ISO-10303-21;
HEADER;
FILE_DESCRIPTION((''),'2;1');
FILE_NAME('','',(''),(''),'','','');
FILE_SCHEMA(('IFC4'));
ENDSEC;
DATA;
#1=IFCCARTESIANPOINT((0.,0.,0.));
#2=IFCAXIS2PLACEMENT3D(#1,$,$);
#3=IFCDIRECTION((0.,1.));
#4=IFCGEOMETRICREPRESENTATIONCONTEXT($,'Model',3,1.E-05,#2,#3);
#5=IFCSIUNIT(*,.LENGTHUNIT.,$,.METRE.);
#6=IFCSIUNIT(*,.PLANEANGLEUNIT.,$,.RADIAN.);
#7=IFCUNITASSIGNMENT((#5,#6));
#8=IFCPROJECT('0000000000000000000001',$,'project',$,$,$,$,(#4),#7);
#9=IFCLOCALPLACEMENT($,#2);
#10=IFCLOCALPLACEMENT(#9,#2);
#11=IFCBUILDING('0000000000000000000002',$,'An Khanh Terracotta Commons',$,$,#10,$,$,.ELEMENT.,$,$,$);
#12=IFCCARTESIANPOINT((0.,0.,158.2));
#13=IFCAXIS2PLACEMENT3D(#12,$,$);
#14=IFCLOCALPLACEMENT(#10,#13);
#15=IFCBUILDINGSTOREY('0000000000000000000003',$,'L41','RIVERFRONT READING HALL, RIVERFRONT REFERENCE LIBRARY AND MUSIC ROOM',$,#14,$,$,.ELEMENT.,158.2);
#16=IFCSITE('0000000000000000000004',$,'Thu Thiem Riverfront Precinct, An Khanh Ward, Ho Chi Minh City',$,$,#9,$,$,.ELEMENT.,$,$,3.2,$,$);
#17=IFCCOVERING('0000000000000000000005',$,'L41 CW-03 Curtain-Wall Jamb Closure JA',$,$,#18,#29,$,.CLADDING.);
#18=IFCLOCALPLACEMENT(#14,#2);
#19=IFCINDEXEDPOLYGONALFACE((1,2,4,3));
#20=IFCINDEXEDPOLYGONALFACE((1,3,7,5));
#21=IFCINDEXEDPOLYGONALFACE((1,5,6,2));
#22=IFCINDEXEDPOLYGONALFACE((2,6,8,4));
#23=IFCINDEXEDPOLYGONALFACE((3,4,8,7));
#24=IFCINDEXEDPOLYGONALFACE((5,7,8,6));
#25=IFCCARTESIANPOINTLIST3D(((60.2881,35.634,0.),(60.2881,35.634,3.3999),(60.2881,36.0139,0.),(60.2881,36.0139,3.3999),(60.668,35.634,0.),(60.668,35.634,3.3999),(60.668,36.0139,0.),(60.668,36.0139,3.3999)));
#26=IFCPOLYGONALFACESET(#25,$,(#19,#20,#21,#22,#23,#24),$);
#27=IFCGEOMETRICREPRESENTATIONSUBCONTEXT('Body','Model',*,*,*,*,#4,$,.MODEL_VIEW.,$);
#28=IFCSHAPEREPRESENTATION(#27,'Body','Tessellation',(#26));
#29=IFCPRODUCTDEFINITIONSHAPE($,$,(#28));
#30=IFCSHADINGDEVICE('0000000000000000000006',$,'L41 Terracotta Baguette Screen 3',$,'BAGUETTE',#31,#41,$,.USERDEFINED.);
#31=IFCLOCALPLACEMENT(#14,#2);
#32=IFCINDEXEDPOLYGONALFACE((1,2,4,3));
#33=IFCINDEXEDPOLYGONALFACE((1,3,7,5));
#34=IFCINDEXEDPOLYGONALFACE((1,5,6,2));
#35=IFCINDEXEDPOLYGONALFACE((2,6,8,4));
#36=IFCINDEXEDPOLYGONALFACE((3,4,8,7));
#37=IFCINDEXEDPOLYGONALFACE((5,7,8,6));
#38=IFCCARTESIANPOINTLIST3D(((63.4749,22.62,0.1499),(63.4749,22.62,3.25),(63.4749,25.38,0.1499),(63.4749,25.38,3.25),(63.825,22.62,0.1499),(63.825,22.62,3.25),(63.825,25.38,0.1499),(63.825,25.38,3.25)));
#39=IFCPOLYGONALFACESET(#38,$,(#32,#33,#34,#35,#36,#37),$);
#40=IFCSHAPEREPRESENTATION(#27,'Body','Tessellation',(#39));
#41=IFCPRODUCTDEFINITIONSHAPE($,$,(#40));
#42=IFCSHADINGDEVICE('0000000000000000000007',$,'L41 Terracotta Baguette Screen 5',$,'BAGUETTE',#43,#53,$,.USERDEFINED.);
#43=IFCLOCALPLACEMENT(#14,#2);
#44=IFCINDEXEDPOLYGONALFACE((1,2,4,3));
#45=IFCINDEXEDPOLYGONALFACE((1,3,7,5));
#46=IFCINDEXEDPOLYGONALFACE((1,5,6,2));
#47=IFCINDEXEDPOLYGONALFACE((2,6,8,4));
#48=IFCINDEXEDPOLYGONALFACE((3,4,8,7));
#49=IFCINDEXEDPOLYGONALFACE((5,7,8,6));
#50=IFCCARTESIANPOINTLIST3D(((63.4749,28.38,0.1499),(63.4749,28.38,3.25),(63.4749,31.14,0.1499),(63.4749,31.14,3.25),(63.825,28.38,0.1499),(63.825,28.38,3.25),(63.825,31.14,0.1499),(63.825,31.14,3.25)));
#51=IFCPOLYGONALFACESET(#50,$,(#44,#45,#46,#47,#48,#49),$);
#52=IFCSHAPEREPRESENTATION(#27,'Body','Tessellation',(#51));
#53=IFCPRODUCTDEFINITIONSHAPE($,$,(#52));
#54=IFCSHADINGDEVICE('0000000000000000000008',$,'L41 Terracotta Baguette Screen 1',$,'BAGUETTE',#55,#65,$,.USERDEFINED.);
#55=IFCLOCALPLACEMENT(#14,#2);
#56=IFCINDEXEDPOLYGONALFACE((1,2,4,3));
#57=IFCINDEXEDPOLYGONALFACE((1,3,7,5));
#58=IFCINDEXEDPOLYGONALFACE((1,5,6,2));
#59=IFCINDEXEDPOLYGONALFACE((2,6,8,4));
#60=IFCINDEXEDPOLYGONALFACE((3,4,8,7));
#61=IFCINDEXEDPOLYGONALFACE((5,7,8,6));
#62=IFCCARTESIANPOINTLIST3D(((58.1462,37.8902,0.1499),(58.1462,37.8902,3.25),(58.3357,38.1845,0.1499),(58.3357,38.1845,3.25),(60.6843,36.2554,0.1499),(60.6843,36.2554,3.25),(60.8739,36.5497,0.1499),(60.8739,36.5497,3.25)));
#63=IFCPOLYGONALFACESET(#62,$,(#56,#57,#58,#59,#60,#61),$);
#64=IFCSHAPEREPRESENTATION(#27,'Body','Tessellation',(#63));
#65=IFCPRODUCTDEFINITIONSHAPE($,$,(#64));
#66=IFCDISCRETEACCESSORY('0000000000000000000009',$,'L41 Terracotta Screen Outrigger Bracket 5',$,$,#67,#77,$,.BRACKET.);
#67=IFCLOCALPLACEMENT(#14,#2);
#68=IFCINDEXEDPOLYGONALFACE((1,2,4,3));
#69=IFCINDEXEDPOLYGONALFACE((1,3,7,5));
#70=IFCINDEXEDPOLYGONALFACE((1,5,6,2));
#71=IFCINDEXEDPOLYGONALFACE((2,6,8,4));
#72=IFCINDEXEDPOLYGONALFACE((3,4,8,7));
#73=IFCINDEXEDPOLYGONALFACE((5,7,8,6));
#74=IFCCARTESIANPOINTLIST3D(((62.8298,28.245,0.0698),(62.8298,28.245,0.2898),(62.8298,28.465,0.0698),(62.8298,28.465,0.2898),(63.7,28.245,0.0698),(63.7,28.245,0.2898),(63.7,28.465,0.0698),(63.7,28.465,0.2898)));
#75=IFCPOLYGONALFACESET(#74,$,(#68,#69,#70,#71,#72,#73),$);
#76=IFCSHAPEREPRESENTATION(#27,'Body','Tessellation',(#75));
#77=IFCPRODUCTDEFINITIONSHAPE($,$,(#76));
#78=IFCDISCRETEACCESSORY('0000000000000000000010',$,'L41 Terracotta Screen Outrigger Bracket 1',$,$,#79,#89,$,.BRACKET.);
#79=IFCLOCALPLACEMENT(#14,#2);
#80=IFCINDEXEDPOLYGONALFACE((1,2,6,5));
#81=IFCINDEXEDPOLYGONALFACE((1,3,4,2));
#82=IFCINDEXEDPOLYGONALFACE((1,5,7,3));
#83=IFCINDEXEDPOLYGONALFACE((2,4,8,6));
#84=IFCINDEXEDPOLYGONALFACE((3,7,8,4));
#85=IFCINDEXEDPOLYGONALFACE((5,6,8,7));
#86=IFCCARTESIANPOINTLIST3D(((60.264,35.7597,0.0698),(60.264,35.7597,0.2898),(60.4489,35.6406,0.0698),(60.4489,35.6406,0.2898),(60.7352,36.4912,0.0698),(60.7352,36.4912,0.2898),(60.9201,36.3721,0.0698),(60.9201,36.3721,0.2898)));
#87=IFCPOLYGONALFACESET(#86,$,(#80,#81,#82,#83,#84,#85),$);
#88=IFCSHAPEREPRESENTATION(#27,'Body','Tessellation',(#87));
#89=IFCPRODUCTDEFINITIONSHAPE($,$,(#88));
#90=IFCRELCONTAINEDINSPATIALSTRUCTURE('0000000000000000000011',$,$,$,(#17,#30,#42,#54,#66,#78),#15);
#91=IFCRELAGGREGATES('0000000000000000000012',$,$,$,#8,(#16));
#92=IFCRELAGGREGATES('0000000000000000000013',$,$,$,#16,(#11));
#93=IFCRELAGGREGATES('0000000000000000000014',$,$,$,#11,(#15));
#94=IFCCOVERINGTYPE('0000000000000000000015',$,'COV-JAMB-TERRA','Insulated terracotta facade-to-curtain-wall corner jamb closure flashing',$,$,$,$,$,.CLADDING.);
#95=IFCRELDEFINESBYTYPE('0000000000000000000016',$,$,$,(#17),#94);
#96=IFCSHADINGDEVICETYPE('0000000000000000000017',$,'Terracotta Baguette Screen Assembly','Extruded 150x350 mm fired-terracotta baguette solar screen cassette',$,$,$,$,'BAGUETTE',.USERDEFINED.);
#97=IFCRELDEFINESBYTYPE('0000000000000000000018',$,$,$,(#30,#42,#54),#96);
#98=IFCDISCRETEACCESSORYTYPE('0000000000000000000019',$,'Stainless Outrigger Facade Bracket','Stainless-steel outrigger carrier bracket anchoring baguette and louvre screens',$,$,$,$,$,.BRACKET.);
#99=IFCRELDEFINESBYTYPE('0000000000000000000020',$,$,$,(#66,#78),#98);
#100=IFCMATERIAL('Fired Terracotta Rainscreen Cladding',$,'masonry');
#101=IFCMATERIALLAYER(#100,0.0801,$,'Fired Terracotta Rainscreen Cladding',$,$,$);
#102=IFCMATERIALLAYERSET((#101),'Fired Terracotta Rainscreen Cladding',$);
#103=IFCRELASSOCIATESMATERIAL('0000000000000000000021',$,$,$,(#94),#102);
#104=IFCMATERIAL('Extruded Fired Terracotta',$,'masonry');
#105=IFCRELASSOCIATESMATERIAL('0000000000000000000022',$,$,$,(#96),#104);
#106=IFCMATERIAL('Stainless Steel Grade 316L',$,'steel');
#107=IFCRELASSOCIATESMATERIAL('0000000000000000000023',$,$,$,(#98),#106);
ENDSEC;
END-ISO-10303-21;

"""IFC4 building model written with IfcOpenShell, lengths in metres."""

from ifc_helpers import new_model, si_unit, direction, frame, origin, origin_2d, place, context, subcontext, project, spatial, rectangle, extrude, material, layer, layer_set, type_object, element, save


model = new_model("IFC4")

# Units and contexts
model_context = context("Model", 3, precision=1e-05, world=origin(), true_north=direction((0.0, 1.0)))
body_context = subcontext(model_context, "Body", "Model", "MODEL_VIEW")
ifc_project = project(units=[si_unit("LENGTHUNIT", "METRE"), si_unit("PLANEANGLEUNIT", "RADIAN")], contexts=[model_context])

# Site, building, storey
site_placement = place(None, origin())
site = spatial("IfcSite", under=ifc_project, at=site_placement, Name="Thu Thiem Riverfront Precinct, An Khanh Ward, Ho Chi Minh City", CompositionType="ELEMENT", RefElevation=3.2)
building_placement = place(site_placement, origin())
building = spatial("IfcBuilding", under=site, at=building_placement, Name="An Khanh Terracotta Commons", CompositionType="ELEMENT")
storey_placement = place(building_placement, frame((0.0, 0.0, 158.2)))
storey = spatial("IfcBuildingStorey", under=building, at=storey_placement, Name="L41", Description="RIVERFRONT READING HALL, RIVERFRONT REFERENCE LIBRARY AND MUSIC ROOM", CompositionType="ELEMENT", Elevation=158.2)

# Covering
ifc_material_1 = material(Name="Fired Terracotta Rainscreen Cladding", Category="masonry")
ifc_layer_1 = layer(ifc_material_1, 0.0801, Name="Fired Terracotta Rainscreen Cladding")
ifc_layer_set_1 = layer_set([ifc_layer_1], Name="Fired Terracotta Rainscreen Cladding")
covering_type = type_object("IfcCoveringType", Name="COV-JAMB-TERRA", Description="Insulated terracotta facade-to-curtain-wall corner jamb closure flashing", PredefinedType="CLADDING", material=ifc_layer_set_1)
for number, where, z_axis, x_axis, name in (
    (1, (60.478, 35.824, 0.0), (0.0, 0.0, 1.0), (1.0, 0.0, 0.0), "L41 CW-03 Curtain-Wall Jamb Closure JA"),
):
    element("IfcCovering", number, at=place(storey_placement, frame(where, z_axis=z_axis, x_axis=x_axis)), inside=storey, type_object=covering_type, Name=name, PredefinedType="CLADDING", context=body_context, shape_type="SweptSolid", body=[
        extrude(rectangle(XDim=0.3799, YDim=0.3799, at=origin_2d()), origin(), (0.0, 0.0, 1.0), 3.3999),
    ])

# Shading devices
ifc_material_2 = material(Name="Extruded Fired Terracotta", Category="masonry")
shading_device_type = type_object("IfcShadingDeviceType", Name="Terracotta Baguette Screen Assembly", Description="Extruded 150x350 mm fired-terracotta baguette solar screen cassette", ElementType="BAGUETTE", PredefinedType="USERDEFINED", material=ifc_material_2)
for number, where, z_axis, x_axis, name in (
    (2, (63.6499, 24.0, 0.1499), (0.0, 0.0, 1.0), (0.0, 1.0, 0.0), "L41 Terracotta Baguette Screen 3"),
    (3, (63.6499, 29.76, 0.1499), (0.0, 0.0, 1.0), (0.0, 1.0, 0.0), "L41 Terracotta Baguette Screen 5"),
):
    element("IfcShadingDevice", number, at=place(storey_placement, frame(where, z_axis=z_axis, x_axis=x_axis)), inside=storey, type_object=shading_device_type, Name=name, ObjectType="BAGUETTE", PredefinedType="USERDEFINED", context=body_context, shape_type="SweptSolid", body=[
        extrude(rectangle(XDim=2.76, YDim=0.3501, at=origin_2d()), origin(), (0.0, 0.0, 1.0), 3.1001),
    ])
shading_device_placement = place(storey_placement, frame((59.51, 37.22, 0.1499), z_axis=(0.0, 0.0, 1.0), x_axis=(-0.840702, 0.541498, 0.0)))
element("IfcShadingDevice", 4, at=shading_device_placement, inside=storey, type_object=shading_device_type, Name="L41 Terracotta Baguette Screen 1", ObjectType="BAGUETTE", PredefinedType="USERDEFINED", context=body_context, shape_type="SweptSolid", body=[
    extrude(rectangle(XDim=3.019, YDim=0.3501, at=origin_2d()), origin(), (0.0, 0.0, 1.0), 3.1001),
])

# Discrete accessories
ifc_material_3 = material(Name="Stainless Steel Grade 316L", Category="steel")
discrete_accessory_type = type_object("IfcDiscreteAccessoryType", Name="Stainless Outrigger Facade Bracket", Description="Stainless-steel outrigger carrier bracket anchoring baguette and louvre screens", PredefinedType="BRACKET", material=ifc_material_3)
for number, where, z_axis, x_axis, name in (
    (5, (63.2649, 28.355, 0.0698), (0.0, 0.0, 1.0), (0.0, 1.0, 0.0), "L41 Terracotta Screen Outrigger Bracket 5"),
    (6, (60.592, 36.0659, 0.0698), (0.0, 0.0, 1.0), (-0.840702, 0.541498, 0.0), "L41 Terracotta Screen Outrigger Bracket 1"),
):
    element("IfcDiscreteAccessory", number, at=place(storey_placement, frame(where, z_axis=z_axis, x_axis=x_axis)), inside=storey, type_object=discrete_accessory_type, Name=name, PredefinedType="BRACKET", context=body_context, shape_type="SweptSolid", body=[
        extrude(rectangle(XDim=0.22, YDim=0.8701, at=origin_2d()), origin(), (0.0, 0.0, 1.0), 0.22),
    ])

save(model, "model.ifc")
